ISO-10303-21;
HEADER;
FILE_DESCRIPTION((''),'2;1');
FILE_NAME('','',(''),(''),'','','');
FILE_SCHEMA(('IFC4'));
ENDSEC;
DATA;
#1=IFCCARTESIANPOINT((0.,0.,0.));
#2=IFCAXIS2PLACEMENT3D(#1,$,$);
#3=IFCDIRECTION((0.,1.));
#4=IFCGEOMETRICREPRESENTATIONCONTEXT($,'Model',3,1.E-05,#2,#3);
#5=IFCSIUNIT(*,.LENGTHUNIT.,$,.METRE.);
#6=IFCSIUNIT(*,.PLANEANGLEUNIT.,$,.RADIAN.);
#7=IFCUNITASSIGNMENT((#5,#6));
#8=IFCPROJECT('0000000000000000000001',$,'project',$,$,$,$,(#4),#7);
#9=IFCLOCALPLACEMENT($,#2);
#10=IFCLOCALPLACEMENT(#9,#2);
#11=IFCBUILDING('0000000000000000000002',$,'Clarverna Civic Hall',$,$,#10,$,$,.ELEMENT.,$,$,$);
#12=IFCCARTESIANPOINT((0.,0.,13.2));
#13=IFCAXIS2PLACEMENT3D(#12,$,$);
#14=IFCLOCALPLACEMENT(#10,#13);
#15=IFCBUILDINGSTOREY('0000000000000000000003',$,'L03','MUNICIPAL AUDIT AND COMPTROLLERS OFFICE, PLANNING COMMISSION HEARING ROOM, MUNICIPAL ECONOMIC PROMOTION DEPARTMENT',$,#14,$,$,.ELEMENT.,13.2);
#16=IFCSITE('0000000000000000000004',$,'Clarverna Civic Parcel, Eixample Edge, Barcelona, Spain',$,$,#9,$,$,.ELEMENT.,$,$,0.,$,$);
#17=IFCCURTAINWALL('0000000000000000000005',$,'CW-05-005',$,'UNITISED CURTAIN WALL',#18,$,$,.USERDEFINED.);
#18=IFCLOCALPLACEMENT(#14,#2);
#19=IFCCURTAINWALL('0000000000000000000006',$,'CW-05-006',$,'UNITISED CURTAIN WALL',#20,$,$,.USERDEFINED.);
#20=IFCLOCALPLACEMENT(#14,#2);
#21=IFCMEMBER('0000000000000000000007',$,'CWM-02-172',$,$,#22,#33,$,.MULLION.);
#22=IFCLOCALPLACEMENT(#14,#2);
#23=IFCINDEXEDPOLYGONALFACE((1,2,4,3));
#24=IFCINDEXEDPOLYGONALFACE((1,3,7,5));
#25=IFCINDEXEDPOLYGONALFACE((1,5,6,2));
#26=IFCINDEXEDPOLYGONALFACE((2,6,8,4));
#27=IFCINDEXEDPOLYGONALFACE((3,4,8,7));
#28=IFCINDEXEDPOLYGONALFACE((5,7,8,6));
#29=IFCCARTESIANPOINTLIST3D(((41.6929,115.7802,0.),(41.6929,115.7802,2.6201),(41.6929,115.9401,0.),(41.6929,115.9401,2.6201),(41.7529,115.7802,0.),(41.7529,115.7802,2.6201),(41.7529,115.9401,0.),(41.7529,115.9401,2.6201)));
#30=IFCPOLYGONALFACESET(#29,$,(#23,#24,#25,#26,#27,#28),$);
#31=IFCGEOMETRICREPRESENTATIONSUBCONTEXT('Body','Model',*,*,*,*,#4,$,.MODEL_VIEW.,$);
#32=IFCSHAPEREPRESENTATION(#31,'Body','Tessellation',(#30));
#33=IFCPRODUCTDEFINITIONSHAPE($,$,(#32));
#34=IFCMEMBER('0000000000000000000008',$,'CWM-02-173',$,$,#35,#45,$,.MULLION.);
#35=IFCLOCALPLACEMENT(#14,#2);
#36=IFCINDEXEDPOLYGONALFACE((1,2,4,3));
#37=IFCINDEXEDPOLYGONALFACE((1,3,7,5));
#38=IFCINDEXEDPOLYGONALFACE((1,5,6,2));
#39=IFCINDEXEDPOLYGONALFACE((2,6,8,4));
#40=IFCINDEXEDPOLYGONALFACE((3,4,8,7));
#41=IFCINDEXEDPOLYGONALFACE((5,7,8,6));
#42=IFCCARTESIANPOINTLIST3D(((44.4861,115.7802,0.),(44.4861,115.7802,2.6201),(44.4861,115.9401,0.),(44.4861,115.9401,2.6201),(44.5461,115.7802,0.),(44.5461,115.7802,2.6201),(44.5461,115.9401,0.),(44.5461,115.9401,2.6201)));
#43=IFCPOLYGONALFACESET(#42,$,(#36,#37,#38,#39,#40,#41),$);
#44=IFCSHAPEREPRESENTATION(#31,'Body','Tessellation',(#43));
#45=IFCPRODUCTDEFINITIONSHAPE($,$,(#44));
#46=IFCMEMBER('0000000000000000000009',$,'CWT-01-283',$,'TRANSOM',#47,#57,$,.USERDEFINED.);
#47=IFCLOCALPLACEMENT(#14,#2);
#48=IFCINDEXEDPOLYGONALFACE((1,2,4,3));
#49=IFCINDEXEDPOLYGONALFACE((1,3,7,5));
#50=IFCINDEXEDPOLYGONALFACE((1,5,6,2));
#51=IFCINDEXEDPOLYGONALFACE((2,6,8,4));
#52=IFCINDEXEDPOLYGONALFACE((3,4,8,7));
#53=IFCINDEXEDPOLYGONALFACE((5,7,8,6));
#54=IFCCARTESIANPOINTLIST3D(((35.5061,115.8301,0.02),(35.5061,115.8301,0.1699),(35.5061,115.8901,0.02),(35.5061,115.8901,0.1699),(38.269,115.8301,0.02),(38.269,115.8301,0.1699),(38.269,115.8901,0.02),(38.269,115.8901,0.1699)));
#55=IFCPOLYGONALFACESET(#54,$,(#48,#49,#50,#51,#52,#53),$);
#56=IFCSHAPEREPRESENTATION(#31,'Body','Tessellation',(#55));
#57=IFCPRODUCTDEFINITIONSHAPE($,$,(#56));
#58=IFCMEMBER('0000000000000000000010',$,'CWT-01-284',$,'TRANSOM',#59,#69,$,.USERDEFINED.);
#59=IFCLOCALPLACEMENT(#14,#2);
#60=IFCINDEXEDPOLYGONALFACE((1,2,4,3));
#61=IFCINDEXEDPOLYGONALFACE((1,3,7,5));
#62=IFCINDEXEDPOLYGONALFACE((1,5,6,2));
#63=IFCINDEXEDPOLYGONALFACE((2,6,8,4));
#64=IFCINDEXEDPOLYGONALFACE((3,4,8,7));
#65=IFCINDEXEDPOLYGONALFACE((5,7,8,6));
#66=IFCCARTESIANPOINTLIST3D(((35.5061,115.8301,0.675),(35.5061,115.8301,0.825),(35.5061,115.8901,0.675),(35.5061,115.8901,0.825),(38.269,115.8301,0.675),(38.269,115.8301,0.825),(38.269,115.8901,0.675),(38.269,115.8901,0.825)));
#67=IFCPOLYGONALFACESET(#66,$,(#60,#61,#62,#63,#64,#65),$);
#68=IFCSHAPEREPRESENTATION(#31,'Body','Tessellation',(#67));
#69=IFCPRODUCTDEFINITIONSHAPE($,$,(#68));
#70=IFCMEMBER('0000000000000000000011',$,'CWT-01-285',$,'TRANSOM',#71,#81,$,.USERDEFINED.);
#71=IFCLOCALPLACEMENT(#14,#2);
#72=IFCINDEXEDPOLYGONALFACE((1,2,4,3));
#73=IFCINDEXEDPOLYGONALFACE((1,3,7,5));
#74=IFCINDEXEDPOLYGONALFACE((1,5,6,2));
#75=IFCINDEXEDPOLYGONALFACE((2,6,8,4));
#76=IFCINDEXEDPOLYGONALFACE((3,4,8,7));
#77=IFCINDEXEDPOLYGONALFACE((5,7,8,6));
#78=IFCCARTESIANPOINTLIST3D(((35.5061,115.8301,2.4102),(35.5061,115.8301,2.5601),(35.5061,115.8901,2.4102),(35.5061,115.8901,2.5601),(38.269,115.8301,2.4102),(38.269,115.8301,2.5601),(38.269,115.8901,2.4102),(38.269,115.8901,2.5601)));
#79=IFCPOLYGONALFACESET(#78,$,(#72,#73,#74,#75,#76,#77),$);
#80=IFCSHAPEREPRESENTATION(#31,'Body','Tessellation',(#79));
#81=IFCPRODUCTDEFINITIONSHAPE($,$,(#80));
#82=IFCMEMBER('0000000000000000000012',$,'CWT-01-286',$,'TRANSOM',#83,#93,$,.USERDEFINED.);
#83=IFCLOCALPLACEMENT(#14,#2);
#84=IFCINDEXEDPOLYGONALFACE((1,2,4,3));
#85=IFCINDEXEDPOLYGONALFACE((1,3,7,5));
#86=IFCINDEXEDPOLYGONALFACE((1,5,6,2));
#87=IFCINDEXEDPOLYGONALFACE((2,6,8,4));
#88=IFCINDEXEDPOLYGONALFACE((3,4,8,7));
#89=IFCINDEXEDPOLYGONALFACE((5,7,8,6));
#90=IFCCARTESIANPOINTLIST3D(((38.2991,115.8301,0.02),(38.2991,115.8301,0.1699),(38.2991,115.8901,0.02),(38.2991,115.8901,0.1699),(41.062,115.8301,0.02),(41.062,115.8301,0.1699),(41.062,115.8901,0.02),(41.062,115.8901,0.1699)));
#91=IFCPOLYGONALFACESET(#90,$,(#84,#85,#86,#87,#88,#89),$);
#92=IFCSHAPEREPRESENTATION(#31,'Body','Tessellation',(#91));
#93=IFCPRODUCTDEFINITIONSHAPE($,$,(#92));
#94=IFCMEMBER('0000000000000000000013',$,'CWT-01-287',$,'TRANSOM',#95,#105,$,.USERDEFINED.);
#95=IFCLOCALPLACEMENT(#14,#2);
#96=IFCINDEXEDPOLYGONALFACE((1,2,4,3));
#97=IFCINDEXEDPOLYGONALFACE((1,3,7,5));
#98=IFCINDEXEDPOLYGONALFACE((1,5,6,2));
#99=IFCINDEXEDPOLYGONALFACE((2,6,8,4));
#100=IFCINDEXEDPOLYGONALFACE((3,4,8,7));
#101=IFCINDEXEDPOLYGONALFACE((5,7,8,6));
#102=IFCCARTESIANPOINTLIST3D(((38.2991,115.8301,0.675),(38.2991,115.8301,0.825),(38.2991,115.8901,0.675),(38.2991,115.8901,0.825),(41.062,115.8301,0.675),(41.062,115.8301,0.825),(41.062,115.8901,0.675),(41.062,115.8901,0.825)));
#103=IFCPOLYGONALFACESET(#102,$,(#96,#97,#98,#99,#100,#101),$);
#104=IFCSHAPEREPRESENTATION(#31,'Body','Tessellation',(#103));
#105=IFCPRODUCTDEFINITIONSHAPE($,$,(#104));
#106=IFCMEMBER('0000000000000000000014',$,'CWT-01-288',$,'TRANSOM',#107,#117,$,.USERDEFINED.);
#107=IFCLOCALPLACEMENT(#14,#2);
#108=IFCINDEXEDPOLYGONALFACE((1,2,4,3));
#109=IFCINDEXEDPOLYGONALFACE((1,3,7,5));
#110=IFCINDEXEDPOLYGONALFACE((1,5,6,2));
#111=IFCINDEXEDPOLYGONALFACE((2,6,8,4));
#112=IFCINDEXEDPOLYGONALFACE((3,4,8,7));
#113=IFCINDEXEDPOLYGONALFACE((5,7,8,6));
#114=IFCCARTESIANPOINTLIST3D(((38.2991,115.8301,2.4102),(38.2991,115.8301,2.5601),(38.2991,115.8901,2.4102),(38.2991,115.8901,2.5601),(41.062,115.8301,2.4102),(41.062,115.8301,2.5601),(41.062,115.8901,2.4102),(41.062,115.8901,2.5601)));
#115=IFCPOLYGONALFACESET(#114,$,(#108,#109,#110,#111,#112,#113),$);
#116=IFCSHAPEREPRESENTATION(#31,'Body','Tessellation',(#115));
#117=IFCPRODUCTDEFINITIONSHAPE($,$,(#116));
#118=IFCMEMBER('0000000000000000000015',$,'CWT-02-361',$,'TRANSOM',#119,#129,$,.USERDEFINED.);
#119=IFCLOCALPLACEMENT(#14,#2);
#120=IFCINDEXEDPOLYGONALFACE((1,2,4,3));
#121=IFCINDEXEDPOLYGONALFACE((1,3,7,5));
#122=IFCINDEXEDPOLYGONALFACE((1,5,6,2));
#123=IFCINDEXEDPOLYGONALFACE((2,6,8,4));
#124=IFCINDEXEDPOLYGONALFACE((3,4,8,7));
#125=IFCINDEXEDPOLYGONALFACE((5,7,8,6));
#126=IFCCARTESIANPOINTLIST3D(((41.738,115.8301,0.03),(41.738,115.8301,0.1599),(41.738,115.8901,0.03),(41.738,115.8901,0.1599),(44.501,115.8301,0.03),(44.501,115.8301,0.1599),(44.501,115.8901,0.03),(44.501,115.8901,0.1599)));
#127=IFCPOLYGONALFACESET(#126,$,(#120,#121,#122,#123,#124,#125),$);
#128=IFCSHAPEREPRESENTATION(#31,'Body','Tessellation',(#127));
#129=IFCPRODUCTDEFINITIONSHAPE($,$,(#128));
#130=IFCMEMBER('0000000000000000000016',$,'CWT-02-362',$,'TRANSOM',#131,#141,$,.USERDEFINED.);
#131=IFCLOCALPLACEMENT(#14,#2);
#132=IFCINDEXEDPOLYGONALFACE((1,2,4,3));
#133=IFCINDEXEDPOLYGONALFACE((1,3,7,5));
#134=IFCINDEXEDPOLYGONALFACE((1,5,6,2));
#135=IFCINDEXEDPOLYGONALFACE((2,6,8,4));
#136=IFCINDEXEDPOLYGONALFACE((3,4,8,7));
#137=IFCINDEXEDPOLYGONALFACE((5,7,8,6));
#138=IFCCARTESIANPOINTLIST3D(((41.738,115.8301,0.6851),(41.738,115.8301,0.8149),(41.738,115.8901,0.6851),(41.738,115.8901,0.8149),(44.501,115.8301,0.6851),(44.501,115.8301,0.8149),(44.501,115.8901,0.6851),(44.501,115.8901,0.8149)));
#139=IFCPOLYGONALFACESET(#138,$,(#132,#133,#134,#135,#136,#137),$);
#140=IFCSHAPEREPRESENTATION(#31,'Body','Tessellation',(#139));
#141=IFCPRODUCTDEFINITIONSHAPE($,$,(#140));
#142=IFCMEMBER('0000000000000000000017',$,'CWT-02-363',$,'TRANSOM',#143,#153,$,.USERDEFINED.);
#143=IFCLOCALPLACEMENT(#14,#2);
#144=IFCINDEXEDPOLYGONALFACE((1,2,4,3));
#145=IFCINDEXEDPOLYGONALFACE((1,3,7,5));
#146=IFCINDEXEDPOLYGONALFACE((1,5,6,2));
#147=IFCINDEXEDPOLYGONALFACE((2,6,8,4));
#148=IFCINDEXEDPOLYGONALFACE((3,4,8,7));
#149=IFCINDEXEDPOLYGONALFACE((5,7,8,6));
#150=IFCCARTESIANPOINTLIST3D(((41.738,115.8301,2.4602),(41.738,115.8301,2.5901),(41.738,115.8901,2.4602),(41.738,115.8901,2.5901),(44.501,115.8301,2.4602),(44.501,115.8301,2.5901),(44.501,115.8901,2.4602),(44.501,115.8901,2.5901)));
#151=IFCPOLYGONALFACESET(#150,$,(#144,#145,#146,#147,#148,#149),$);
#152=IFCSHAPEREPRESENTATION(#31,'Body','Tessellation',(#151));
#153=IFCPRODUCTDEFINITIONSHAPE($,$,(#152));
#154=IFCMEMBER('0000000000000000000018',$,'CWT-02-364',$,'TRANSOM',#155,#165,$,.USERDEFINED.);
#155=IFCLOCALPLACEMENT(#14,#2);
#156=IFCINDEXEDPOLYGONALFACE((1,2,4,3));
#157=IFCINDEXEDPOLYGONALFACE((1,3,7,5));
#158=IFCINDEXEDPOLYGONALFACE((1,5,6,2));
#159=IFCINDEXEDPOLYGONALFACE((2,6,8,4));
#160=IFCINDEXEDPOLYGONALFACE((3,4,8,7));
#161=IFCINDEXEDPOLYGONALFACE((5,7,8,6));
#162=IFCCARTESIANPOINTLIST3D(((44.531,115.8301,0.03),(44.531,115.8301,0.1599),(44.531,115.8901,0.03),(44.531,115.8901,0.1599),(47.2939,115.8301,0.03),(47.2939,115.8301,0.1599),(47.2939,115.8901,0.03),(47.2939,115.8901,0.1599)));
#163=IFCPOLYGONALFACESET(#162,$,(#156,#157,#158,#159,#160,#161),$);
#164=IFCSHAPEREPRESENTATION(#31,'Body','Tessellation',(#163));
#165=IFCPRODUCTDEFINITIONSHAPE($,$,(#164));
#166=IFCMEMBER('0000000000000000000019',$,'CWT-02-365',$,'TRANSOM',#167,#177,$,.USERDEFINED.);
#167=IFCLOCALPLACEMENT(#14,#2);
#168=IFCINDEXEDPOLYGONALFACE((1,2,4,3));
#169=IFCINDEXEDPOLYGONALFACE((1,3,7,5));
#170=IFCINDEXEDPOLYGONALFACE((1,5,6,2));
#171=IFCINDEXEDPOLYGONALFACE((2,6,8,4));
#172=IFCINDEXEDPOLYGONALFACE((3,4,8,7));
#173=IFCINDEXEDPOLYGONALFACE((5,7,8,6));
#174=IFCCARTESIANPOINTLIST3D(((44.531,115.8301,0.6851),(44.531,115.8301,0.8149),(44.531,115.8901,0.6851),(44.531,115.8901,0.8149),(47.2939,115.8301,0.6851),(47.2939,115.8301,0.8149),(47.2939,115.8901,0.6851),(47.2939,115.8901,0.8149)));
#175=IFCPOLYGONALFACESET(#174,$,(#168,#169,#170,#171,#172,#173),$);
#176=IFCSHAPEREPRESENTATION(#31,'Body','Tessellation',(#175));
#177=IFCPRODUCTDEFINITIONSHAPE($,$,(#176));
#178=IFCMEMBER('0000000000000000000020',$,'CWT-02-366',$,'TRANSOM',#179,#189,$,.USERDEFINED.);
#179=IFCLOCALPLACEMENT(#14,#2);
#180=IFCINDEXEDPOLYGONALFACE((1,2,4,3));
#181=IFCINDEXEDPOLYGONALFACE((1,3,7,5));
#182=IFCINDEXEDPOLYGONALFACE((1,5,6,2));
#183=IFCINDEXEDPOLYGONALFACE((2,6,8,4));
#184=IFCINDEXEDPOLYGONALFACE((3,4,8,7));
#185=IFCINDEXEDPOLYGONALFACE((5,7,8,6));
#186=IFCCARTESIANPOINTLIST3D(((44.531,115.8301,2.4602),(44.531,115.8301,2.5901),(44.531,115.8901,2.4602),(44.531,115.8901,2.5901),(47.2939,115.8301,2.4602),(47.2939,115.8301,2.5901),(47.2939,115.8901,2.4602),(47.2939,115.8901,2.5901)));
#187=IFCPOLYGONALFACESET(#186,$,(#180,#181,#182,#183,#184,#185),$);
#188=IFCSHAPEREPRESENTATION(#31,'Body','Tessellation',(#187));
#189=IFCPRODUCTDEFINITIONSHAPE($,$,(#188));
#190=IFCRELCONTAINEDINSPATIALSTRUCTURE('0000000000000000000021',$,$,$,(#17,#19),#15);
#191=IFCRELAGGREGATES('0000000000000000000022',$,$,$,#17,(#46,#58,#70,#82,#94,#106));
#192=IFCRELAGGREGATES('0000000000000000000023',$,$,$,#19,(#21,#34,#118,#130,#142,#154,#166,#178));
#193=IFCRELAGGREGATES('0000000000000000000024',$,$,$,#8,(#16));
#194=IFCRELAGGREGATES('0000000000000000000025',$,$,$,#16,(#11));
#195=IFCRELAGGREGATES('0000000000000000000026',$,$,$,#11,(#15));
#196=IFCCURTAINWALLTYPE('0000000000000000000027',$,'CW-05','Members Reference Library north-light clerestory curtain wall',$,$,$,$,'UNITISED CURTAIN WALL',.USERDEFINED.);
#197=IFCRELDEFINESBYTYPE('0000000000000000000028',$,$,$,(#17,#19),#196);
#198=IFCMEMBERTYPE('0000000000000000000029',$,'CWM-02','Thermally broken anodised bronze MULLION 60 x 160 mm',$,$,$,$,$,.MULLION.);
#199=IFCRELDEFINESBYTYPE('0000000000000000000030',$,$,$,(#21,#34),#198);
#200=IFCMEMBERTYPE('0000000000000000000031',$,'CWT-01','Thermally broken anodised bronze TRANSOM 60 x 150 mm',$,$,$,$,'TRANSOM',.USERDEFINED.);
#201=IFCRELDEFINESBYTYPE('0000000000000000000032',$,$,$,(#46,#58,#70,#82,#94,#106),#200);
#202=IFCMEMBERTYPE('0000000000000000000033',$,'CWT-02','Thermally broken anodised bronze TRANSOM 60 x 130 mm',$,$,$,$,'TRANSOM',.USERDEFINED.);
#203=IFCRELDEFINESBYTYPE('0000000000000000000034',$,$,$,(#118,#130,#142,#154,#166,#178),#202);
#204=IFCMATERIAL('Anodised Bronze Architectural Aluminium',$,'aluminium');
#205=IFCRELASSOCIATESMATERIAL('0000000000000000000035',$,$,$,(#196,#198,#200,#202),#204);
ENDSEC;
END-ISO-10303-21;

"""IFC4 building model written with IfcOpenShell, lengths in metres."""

from ifc_helpers import new_model, si_unit, direction, frame, origin, origin_2d, place, context, subcontext, project, spatial, rectangle, extrude, material, material_profile, profile_set, type_object, element, aggregate, save


model = new_model("IFC4")

# Units and contexts
model_context = context("Model", 3, precision=1e-05, world=origin(), true_north=direction((0.0, 1.0)))
body_context = subcontext(model_context, "Body", "Model", "MODEL_VIEW")
ifc_project = project(units=[si_unit("LENGTHUNIT", "METRE"), si_unit("PLANEANGLEUNIT", "RADIAN")], contexts=[model_context])

# Site, building, storey
site_placement = place(None, origin())
site = spatial("IfcSite", under=ifc_project, at=site_placement, Name="Clarverna Civic Parcel, Eixample Edge, Barcelona, Spain", CompositionType="ELEMENT", RefElevation=0.0)
building_placement = place(site_placement, origin())
building = spatial("IfcBuilding", under=site, at=building_placement, Name="Clarverna Civic Hall", CompositionType="ELEMENT")
storey_placement = place(building_placement, frame((0.0, 0.0, 13.2)))
storey = spatial("IfcBuildingStorey", under=building, at=storey_placement, Name="L03", Description="MUNICIPAL AUDIT AND COMPTROLLERS OFFICE, PLANNING COMMISSION HEARING ROOM, MUNICIPAL ECONOMIC PROMOTION DEPARTMENT", CompositionType="ELEMENT", Elevation=13.2)

# Curtain walls, members
ifc_material_1 = material(Name="Anodised Bronze Architectural Aluminium", Category="aluminium")
curtain_wall_type = type_object("IfcCurtainWallType", Name="CW-05", Description="Members Reference Library north-light clerestory curtain wall", ElementType="UNITISED CURTAIN WALL", PredefinedType="USERDEFINED", material=ifc_material_1)
curtain_wall_1_placement = place(storey_placement, origin())
curtain_wall_1 = element("IfcCurtainWall", 1, at=curtain_wall_1_placement, inside=storey, type_object=curtain_wall_type, Name="CW-05-005", ObjectType="UNITISED CURTAIN WALL", PredefinedType="USERDEFINED")
curtain_wall_2_placement = place(storey_placement, origin())
curtain_wall_2 = element("IfcCurtainWall", 2, at=curtain_wall_2_placement, inside=storey, type_object=curtain_wall_type, Name="CW-05-006", ObjectType="UNITISED CURTAIN WALL", PredefinedType="USERDEFINED")
ifc_material_profile_1 = material_profile(ifc_material_1, rectangle(XDim=0.0601, YDim=0.1599, at=origin_2d()), Name="BRONZE 60x160")
ifc_profile_set_1 = profile_set([ifc_material_profile_1], Name="Anodised Bronze Architectural Aluminium")
member_type_1 = type_object("IfcMemberType", Name="CWM-02", Description="Thermally broken anodised bronze MULLION 60 x 160 mm", PredefinedType="MULLION", material=ifc_profile_set_1)
member_1_placement = place(storey_placement, frame((41.7229, 115.8601, 0.0), z_axis=(0.0, 0.0, 1.0), x_axis=(1.0, 0.0, 0.0)))
member_1 = element("IfcMember", 3, at=member_1_placement, type_object=member_type_1, Name="CWM-02-172", PredefinedType="MULLION", context=body_context, shape_type="SweptSolid", body=[
    extrude(rectangle(XDim=0.0601, YDim=0.1599, at=origin_2d()), origin(), (0.0, 0.0, 1.0), 2.6201),
])
member_2_placement = place(storey_placement, frame((44.5161, 115.8601, 0.0), z_axis=(0.0, 0.0, 1.0), x_axis=(1.0, 0.0, 0.0)))
member_2 = element("IfcMember", 4, at=member_2_placement, type_object=member_type_1, Name="CWM-02-173", PredefinedType="MULLION", context=body_context, shape_type="SweptSolid", body=[
    extrude(rectangle(XDim=0.0601, YDim=0.1599, at=origin_2d()), origin(), (0.0, 0.0, 1.0), 2.6201),
])

# Members
ifc_material_profile_2 = material_profile(ifc_material_1, rectangle(XDim=0.0601, YDim=0.1499, at=origin_2d()), Name="BRONZE 60x150")
ifc_profile_set_2 = profile_set([ifc_material_profile_2], Name="Anodised Bronze Architectural Aluminium")
member_type_2 = type_object("IfcMemberType", Name="CWT-01", Description="Thermally broken anodised bronze TRANSOM 60 x 150 mm", ElementType="TRANSOM", PredefinedType="USERDEFINED", material=ifc_profile_set_2)
member_3_placement = place(storey_placement, frame((35.5061, 115.8601, 0.095), z_axis=(1.0, 0.0, 0.0), x_axis=(0.0, 1.0, 0.0)))
member_3 = element("IfcMember", 5, at=member_3_placement, type_object=member_type_2, Name="CWT-01-283", ObjectType="TRANSOM", PredefinedType="USERDEFINED", context=body_context, shape_type="SweptSolid", body=[
    extrude(rectangle(XDim=0.0601, YDim=0.1499, at=origin_2d()), origin(), (0.0, 0.0, 1.0), 2.7629),
])
member_4_placement = place(storey_placement, frame((35.5061, 115.8601, 0.75), z_axis=(1.0, 0.0, 0.0), x_axis=(0.0, 1.0, 0.0)))
member_4 = element("IfcMember", 6, at=member_4_placement, type_object=member_type_2, Name="CWT-01-284", ObjectType="TRANSOM", PredefinedType="USERDEFINED", context=body_context, shape_type="SweptSolid", body=[
    extrude(rectangle(XDim=0.0601, YDim=0.1499, at=origin_2d()), origin(), (0.0, 0.0, 1.0), 2.7629),
])
member_5_placement = place(storey_placement, frame((35.5061, 115.8601, 2.4851), z_axis=(1.0, 0.0, 0.0), x_axis=(0.0, 1.0, 0.0)))
member_5 = element("IfcMember", 7, at=member_5_placement, type_object=member_type_2, Name="CWT-01-285", ObjectType="TRANSOM", PredefinedType="USERDEFINED", context=body_context, shape_type="SweptSolid", body=[
    extrude(rectangle(XDim=0.0601, YDim=0.1499, at=origin_2d()), origin(), (0.0, 0.0, 1.0), 2.7629),
])
member_6_placement = place(storey_placement, frame((38.2991, 115.8601, 0.095), z_axis=(1.0, 0.0, 0.0), x_axis=(0.0, 1.0, 0.0)))
member_6 = element("IfcMember", 8, at=member_6_placement, type_object=member_type_2, Name="CWT-01-286", ObjectType="TRANSOM", PredefinedType="USERDEFINED", context=body_context, shape_type="SweptSolid", body=[
    extrude(rectangle(XDim=0.0601, YDim=0.1499, at=origin_2d()), origin(), (0.0, 0.0, 1.0), 2.7629),
])
member_7_placement = place(storey_placement, frame((38.2991, 115.8601, 0.75), z_axis=(1.0, 0.0, 0.0), x_axis=(0.0, 1.0, 0.0)))
member_7 = element("IfcMember", 9, at=member_7_placement, type_object=member_type_2, Name="CWT-01-287", ObjectType="TRANSOM", PredefinedType="USERDEFINED", context=body_context, shape_type="SweptSolid", body=[
    extrude(rectangle(XDim=0.0601, YDim=0.1499, at=origin_2d()), origin(), (0.0, 0.0, 1.0), 2.7629),
])
member_8_placement = place(storey_placement, frame((38.2991, 115.8601, 2.4851), z_axis=(1.0, 0.0, 0.0), x_axis=(0.0, 1.0, 0.0)))
member_8 = element("IfcMember", 10, at=member_8_placement, type_object=member_type_2, Name="CWT-01-288", ObjectType="TRANSOM", PredefinedType="USERDEFINED", context=body_context, shape_type="SweptSolid", body=[
    extrude(rectangle(XDim=0.0601, YDim=0.1499, at=origin_2d()), origin(), (0.0, 0.0, 1.0), 2.7629),
])
ifc_material_profile_3 = material_profile(ifc_material_1, rectangle(XDim=0.0601, YDim=0.1299, at=origin_2d()), Name="BRONZE 60x130")
ifc_profile_set_3 = profile_set([ifc_material_profile_3], Name="Anodised Bronze Architectural Aluminium")
member_type_3 = type_object("IfcMemberType", Name="CWT-02", Description="Thermally broken anodised bronze TRANSOM 60 x 130 mm", ElementType="TRANSOM", PredefinedType="USERDEFINED", material=ifc_profile_set_3)
member_9_placement = place(storey_placement, frame((41.738, 115.8601, 0.095), z_axis=(1.0, 0.0, 0.0), x_axis=(0.0, 1.0, 0.0)))
member_9 = element("IfcMember", 11, at=member_9_placement, type_object=member_type_3, Name="CWT-02-361", ObjectType="TRANSOM", PredefinedType="USERDEFINED", context=body_context, shape_type="SweptSolid", body=[
    extrude(rectangle(XDim=0.0601, YDim=0.1299, at=origin_2d()), origin(), (0.0, 0.0, 1.0), 2.7629),
])
member_10_placement = place(storey_placement, frame((41.738, 115.8601, 0.75), z_axis=(1.0, 0.0, 0.0), x_axis=(0.0, 1.0, 0.0)))
member_10 = element("IfcMember", 12, at=member_10_placement, type_object=member_type_3, Name="CWT-02-362", ObjectType="TRANSOM", PredefinedType="USERDEFINED", context=body_context, shape_type="SweptSolid", body=[
    extrude(rectangle(XDim=0.0601, YDim=0.1299, at=origin_2d()), origin(), (0.0, 0.0, 1.0), 2.7629),
])
member_11_placement = place(storey_placement, frame((41.738, 115.8601, 2.5251), z_axis=(1.0, 0.0, 0.0), x_axis=(0.0, 1.0, 0.0)))
member_11 = element("IfcMember", 13, at=member_11_placement, type_object=member_type_3, Name="CWT-02-363", ObjectType="TRANSOM", PredefinedType="USERDEFINED", context=body_context, shape_type="SweptSolid", body=[
    extrude(rectangle(XDim=0.0601, YDim=0.1299, at=origin_2d()), origin(), (0.0, 0.0, 1.0), 2.7629),
])
member_12_placement = place(storey_placement, frame((44.531, 115.8601, 0.095), z_axis=(1.0, 0.0, 0.0), x_axis=(0.0, 1.0, 0.0)))
member_12 = element("IfcMember", 14, at=member_12_placement, type_object=member_type_3, Name="CWT-02-364", ObjectType="TRANSOM", PredefinedType="USERDEFINED", context=body_context, shape_type="SweptSolid", body=[
    extrude(rectangle(XDim=0.0601, YDim=0.1299, at=origin_2d()), origin(), (0.0, 0.0, 1.0), 2.7629),
])
member_13_placement = place(storey_placement, frame((44.531, 115.8601, 0.75), z_axis=(1.0, 0.0, 0.0), x_axis=(0.0, 1.0, 0.0)))
member_13 = element("IfcMember", 15, at=member_13_placement, type_object=member_type_3, Name="CWT-02-365", ObjectType="TRANSOM", PredefinedType="USERDEFINED", context=body_context, shape_type="SweptSolid", body=[
    extrude(rectangle(XDim=0.0601, YDim=0.1299, at=origin_2d()), origin(), (0.0, 0.0, 1.0), 2.7629),
])
member_14_placement = place(storey_placement, frame((44.531, 115.8601, 2.5251), z_axis=(1.0, 0.0, 0.0), x_axis=(0.0, 1.0, 0.0)))
member_14 = element("IfcMember", 16, at=member_14_placement, type_object=member_type_3, Name="CWT-02-366", ObjectType="TRANSOM", PredefinedType="USERDEFINED", context=body_context, shape_type="SweptSolid", body=[
    extrude(rectangle(XDim=0.0601, YDim=0.1299, at=origin_2d()), origin(), (0.0, 0.0, 1.0), 2.7629),
])

aggregate(curtain_wall_1, [member_3, member_4, member_5, member_6, member_7, member_8])
aggregate(curtain_wall_2, [member_1, member_2, member_9, member_10, member_11, member_12, member_13, member_14])

save(model, "model.ifc")
